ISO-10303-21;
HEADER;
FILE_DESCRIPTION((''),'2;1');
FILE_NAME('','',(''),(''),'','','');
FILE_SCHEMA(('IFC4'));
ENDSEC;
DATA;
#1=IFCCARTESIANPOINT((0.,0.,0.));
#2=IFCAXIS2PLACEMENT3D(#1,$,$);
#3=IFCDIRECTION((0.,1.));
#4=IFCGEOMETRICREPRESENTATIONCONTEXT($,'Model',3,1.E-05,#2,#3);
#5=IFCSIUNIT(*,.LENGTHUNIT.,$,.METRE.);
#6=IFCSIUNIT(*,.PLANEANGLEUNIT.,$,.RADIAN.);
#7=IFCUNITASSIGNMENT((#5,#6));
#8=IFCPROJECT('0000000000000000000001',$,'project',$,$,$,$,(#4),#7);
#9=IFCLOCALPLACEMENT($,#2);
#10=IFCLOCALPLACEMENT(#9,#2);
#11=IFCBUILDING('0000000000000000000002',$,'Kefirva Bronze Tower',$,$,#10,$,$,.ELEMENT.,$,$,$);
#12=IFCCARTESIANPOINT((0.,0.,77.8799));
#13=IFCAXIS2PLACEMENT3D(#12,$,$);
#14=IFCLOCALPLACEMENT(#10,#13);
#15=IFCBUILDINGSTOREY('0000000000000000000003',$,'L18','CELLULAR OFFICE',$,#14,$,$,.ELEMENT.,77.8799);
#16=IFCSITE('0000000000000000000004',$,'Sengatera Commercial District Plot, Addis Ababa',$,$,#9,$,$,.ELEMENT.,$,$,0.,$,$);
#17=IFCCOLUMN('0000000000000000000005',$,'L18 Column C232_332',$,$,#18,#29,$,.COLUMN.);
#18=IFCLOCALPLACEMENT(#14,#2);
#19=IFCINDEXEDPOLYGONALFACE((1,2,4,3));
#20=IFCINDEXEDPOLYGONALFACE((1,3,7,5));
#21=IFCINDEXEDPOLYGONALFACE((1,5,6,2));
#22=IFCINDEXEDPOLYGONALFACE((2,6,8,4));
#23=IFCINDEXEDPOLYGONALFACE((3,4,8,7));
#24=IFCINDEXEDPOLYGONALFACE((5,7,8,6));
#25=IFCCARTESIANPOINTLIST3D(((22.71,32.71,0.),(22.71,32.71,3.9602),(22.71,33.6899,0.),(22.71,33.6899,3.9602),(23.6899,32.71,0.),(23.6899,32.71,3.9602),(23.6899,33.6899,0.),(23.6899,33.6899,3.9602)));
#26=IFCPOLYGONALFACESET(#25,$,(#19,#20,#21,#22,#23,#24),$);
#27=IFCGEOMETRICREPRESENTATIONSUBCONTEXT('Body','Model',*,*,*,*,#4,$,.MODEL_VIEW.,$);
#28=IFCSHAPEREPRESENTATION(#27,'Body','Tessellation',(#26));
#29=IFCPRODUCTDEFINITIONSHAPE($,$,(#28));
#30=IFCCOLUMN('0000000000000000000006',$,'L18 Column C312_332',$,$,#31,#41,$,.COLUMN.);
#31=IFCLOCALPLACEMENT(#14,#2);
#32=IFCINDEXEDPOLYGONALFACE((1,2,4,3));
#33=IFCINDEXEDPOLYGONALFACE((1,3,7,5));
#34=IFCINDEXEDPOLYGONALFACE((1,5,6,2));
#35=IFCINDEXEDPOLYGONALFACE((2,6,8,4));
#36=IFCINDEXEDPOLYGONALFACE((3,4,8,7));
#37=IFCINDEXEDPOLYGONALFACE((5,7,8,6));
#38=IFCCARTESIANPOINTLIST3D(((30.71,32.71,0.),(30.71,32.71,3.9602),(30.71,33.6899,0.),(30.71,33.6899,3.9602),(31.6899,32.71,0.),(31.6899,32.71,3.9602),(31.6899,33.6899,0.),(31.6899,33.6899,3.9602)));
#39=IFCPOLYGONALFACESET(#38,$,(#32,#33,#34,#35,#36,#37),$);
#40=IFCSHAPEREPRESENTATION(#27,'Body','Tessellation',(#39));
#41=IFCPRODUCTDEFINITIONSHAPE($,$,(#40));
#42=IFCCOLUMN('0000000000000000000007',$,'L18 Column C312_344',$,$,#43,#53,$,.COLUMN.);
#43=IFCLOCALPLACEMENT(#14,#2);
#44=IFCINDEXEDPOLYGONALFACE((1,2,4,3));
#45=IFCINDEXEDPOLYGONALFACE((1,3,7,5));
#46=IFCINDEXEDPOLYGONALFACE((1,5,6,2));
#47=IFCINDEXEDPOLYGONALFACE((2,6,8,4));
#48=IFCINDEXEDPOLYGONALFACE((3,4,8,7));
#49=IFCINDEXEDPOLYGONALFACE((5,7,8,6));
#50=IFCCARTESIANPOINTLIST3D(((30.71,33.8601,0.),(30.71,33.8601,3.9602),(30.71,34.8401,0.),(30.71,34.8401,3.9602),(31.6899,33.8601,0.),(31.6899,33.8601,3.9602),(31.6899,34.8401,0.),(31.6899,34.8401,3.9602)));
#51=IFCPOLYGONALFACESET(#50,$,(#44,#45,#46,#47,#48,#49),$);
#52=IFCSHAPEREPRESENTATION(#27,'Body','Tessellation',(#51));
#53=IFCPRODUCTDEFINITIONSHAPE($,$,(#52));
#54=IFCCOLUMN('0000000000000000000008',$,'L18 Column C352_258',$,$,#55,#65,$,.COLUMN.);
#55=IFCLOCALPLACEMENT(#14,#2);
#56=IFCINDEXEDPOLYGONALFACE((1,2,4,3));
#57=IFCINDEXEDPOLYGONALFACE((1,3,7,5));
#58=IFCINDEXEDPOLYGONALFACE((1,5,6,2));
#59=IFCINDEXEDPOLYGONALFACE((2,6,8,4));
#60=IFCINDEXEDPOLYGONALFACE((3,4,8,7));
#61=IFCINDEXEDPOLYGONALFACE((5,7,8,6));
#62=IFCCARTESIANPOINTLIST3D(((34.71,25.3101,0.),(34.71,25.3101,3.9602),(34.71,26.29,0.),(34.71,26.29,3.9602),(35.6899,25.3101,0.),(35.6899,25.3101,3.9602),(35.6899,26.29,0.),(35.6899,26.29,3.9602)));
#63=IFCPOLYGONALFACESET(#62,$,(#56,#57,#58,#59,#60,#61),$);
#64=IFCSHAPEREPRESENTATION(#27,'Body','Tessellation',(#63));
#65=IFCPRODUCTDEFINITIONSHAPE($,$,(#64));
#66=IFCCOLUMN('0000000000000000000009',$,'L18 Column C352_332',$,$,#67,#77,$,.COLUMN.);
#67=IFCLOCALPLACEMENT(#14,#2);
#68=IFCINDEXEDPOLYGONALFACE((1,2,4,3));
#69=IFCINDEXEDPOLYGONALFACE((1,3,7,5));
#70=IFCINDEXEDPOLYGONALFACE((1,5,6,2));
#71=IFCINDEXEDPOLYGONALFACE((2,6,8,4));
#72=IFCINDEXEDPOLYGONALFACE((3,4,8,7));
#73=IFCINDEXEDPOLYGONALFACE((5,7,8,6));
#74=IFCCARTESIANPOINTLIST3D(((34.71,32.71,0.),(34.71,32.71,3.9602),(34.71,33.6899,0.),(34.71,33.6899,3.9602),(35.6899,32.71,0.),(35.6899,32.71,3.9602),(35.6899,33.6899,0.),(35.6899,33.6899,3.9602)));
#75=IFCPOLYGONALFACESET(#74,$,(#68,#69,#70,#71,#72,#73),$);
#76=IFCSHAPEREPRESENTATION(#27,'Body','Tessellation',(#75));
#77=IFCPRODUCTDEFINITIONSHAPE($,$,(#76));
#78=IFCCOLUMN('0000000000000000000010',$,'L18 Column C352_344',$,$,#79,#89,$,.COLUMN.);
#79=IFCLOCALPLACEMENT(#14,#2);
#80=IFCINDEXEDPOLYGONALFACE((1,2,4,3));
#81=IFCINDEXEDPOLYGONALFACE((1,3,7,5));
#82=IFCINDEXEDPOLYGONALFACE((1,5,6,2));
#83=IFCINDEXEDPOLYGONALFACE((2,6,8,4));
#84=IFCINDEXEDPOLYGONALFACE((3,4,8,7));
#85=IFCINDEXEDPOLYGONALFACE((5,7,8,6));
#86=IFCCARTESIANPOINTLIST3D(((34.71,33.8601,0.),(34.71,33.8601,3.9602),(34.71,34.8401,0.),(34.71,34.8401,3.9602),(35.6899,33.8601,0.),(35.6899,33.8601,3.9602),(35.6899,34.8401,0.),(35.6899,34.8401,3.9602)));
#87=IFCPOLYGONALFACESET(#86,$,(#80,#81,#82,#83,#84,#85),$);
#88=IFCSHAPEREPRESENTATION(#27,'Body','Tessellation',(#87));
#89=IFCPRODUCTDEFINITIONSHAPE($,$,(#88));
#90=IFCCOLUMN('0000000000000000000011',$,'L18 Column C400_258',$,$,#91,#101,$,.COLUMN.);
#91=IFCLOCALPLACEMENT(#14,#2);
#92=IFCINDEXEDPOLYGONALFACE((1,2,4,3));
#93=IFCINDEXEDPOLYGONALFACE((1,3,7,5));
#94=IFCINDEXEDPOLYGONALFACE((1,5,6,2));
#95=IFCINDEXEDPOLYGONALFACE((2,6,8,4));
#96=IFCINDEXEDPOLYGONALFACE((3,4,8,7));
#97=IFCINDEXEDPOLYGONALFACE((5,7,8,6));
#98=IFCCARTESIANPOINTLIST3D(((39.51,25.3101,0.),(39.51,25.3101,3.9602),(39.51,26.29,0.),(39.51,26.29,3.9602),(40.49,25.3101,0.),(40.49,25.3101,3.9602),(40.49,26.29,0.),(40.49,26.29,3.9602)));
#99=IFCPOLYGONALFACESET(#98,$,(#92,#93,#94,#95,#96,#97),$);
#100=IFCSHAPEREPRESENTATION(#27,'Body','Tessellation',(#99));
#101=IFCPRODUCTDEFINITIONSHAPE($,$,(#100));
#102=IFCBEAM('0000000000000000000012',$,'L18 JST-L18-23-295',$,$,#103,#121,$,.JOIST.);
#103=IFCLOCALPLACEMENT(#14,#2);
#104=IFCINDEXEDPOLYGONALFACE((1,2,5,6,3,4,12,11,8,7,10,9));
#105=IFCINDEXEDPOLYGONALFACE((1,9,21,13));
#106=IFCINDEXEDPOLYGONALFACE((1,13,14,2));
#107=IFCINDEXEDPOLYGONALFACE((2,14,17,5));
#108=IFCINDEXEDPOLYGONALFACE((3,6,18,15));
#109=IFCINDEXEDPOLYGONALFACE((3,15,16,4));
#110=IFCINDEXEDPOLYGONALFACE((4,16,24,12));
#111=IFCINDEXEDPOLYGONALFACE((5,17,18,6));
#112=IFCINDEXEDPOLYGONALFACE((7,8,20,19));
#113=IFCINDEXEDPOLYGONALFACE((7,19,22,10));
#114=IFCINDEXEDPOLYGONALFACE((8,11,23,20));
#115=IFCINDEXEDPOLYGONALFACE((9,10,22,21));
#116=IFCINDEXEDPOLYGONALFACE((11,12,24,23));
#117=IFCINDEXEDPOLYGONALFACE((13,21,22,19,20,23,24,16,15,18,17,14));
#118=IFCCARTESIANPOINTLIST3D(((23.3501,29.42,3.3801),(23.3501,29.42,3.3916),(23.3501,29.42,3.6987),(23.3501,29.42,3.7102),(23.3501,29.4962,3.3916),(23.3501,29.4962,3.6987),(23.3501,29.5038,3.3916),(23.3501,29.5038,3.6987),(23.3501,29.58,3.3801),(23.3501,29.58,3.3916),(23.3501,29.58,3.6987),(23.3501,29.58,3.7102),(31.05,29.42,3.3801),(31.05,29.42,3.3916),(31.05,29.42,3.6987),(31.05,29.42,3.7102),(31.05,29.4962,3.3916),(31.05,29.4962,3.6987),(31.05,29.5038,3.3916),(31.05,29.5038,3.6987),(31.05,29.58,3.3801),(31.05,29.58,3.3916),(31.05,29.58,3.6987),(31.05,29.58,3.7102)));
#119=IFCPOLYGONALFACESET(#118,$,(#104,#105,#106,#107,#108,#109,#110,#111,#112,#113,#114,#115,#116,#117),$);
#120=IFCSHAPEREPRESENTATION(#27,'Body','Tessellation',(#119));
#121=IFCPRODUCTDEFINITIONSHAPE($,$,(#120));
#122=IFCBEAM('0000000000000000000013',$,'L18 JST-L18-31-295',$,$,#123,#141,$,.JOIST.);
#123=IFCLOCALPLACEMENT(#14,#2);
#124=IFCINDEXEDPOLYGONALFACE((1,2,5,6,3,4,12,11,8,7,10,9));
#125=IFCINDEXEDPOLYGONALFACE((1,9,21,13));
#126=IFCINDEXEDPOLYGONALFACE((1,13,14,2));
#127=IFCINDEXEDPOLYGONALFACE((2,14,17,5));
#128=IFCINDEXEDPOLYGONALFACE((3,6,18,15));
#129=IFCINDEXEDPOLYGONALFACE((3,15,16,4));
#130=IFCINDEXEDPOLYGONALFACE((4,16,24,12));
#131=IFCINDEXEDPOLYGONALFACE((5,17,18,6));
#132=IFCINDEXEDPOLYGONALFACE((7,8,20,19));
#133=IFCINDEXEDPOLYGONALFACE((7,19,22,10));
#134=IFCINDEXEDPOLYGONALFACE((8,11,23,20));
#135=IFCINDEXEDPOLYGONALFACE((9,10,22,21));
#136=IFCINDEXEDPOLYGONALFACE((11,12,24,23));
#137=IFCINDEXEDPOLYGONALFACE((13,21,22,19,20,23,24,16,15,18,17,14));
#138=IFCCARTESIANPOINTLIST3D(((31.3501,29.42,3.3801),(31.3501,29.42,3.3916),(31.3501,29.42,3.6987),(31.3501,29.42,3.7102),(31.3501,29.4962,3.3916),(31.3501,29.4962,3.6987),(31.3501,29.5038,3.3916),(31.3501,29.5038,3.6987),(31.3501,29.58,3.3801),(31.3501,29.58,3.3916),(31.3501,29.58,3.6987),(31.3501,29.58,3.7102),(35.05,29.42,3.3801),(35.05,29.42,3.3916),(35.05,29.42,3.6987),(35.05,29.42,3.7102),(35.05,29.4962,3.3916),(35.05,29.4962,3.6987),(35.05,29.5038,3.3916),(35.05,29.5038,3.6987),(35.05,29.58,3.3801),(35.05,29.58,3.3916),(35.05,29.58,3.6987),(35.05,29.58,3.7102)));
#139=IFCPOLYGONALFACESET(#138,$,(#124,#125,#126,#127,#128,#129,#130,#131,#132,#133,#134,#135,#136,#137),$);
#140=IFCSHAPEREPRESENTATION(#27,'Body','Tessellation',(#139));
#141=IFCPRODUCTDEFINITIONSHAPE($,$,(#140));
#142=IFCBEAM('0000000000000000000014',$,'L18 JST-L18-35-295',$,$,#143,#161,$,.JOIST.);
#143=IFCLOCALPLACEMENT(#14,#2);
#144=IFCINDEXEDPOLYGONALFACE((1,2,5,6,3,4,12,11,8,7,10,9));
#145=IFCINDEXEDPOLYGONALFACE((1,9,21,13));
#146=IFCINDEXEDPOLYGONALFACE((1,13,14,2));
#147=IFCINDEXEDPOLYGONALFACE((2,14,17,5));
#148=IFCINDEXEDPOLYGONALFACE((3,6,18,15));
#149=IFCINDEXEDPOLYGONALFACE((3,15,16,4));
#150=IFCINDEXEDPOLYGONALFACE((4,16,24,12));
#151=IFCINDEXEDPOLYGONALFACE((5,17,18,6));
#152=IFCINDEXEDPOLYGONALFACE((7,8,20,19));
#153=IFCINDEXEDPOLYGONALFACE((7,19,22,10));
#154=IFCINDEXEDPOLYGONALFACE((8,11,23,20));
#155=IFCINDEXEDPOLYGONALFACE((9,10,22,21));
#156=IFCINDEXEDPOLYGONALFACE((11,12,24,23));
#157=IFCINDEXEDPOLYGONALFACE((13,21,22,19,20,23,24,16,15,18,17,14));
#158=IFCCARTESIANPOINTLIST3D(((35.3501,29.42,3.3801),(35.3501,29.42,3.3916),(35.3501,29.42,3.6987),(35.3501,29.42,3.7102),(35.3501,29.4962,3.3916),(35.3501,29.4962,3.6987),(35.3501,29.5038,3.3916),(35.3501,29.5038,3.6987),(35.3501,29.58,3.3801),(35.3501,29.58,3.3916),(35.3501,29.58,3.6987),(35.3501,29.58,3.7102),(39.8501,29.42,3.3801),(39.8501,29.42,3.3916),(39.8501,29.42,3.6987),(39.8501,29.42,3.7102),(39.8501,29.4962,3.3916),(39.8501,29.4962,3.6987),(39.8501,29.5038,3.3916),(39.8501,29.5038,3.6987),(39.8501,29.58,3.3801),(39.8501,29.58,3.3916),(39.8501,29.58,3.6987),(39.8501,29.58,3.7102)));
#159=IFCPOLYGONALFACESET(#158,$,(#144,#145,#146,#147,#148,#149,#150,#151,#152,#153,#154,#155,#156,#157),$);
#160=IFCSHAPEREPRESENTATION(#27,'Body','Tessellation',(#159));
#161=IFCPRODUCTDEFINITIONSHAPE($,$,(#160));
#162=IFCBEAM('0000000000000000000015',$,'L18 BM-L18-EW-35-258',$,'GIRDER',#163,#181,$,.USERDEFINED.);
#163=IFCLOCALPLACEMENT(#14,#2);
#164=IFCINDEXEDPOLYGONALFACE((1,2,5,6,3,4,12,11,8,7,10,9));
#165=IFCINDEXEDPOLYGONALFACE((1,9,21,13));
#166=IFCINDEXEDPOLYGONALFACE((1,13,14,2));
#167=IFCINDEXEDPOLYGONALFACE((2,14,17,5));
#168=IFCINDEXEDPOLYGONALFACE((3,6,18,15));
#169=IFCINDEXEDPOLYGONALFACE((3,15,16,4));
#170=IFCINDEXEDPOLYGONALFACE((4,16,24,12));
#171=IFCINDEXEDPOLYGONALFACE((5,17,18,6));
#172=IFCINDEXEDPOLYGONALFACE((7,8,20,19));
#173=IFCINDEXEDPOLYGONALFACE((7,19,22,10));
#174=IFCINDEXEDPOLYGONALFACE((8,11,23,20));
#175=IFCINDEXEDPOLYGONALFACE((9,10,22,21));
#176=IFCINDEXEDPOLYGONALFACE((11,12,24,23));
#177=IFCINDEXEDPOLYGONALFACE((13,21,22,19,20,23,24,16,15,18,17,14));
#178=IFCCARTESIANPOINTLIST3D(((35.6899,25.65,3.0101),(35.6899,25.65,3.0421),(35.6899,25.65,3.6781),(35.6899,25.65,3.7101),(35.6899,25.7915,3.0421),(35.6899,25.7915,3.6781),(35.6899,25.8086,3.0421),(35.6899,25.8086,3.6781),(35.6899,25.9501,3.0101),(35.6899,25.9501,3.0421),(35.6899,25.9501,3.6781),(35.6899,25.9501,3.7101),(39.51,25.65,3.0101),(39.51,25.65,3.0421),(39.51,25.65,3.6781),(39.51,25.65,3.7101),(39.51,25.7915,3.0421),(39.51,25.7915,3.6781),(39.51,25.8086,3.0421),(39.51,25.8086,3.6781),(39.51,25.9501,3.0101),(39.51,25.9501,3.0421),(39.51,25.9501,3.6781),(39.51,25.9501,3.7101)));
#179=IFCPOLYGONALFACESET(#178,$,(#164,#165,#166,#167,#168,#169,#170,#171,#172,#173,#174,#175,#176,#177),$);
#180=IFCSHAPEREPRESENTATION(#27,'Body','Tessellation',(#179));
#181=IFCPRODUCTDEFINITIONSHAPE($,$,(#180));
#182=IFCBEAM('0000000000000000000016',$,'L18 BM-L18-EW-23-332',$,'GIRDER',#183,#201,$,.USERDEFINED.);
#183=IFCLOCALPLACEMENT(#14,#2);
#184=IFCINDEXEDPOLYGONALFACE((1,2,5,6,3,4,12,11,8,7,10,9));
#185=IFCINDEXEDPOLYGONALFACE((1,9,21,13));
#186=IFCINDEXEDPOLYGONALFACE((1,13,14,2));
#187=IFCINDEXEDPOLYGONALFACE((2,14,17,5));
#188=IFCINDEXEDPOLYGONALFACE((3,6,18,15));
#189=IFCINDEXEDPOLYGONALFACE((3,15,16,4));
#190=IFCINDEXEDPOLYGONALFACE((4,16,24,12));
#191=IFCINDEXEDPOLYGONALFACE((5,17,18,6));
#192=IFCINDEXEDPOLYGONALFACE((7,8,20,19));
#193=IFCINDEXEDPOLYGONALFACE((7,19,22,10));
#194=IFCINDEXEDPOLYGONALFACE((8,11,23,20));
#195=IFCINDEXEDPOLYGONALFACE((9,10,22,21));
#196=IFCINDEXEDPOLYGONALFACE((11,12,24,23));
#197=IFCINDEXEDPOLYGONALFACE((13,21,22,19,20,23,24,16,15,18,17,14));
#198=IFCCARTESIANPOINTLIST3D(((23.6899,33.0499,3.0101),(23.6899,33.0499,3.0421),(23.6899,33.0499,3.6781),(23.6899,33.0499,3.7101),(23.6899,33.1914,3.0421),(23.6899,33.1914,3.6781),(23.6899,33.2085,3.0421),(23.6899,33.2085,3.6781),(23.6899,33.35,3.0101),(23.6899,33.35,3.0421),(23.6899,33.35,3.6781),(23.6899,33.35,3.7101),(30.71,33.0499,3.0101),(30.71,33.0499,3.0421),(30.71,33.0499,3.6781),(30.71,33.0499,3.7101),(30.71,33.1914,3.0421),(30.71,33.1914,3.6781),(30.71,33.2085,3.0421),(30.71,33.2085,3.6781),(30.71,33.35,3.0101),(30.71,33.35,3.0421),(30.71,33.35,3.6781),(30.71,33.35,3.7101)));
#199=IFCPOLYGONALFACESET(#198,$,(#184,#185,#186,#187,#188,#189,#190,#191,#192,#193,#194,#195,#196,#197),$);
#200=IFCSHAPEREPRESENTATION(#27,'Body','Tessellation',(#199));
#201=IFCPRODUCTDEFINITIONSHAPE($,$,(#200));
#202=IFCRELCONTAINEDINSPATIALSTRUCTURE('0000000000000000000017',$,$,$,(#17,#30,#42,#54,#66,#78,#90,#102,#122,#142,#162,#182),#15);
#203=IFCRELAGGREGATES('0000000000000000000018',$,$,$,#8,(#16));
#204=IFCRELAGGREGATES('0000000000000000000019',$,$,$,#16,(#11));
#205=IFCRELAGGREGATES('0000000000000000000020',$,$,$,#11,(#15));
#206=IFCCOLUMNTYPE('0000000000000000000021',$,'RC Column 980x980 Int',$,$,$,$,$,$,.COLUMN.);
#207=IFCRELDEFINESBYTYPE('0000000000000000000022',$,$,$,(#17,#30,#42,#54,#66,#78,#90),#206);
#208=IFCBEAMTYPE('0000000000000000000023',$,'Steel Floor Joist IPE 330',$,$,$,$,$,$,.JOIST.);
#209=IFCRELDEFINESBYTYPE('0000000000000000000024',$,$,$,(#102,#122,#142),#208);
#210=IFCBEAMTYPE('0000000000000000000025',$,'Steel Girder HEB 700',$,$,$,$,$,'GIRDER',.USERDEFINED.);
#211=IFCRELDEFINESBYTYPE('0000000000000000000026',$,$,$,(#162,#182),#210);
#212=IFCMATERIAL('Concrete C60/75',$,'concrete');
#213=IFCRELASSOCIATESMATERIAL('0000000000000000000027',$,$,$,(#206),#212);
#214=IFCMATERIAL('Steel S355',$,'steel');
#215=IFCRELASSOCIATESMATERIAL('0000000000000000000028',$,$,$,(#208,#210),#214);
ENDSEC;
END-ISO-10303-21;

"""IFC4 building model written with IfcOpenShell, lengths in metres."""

from ifc_helpers import new_model, si_unit, direction, frame, origin, origin_2d, place, context, subcontext, project, spatial, rectangle, i_section, extrude, material, material_profile, profile_set, type_object, element, save


model = new_model("IFC4")

# Units and contexts
model_context = context("Model", 3, precision=1e-05, world=origin(), true_north=direction((0.0, 1.0)))
body_context = subcontext(model_context, "Body", "Model", "MODEL_VIEW")
ifc_project = project(units=[si_unit("LENGTHUNIT", "METRE"), si_unit("PLANEANGLEUNIT", "RADIAN")], contexts=[model_context])

# Site, building, storey
site_placement = place(None, origin())
site = spatial("IfcSite", under=ifc_project, at=site_placement, Name="Sengatera Commercial District Plot, Addis Ababa", CompositionType="ELEMENT", RefElevation=0.0)
building_placement = place(site_placement, origin())
building = spatial("IfcBuilding", under=site, at=building_placement, Name="Kefirva Bronze Tower", CompositionType="ELEMENT")
storey_placement = place(building_placement, frame((0.0, 0.0, 77.8799)))
storey = spatial("IfcBuildingStorey", under=building, at=storey_placement, Name="L18", Description="CELLULAR OFFICE", CompositionType="ELEMENT", Elevation=77.8799)

# Columns
ifc_material_1 = material(Name="Concrete C60/75", Category="concrete")
ifc_material_profile_1 = material_profile(ifc_material_1, rectangle(XDim=0.98, YDim=0.98, at=origin_2d()), Name="RC 980x980")
ifc_profile_set_1 = profile_set([ifc_material_profile_1], Name="Concrete C60/75")
column_type = type_object("IfcColumnType", Name="RC Column 980x980 Int", PredefinedType="COLUMN", material=ifc_profile_set_1)
for number, where, z_axis, x_axis, name in (
    (1, (23.2, 33.2, 0.0), (0.0, 0.0, 1.0), (1.0, 0.0, 0.0), "L18 Column C232_332"),
    (2, (31.2, 33.2, 0.0), (0.0, 0.0, 1.0), (1.0, 0.0, 0.0), "L18 Column C312_332"),
    (3, (31.2, 34.3501, 0.0), (0.0, 0.0, 1.0), (1.0, 0.0, 0.0), "L18 Column C312_344"),
    (4, (35.2, 25.8, 0.0), (0.0, 0.0, 1.0), (1.0, 0.0, 0.0), "L18 Column C352_258"),
    (5, (35.2, 33.2, 0.0), (0.0, 0.0, 1.0), (1.0, 0.0, 0.0), "L18 Column C352_332"),
    (6, (35.2, 34.3501, 0.0), (0.0, 0.0, 1.0), (1.0, 0.0, 0.0), "L18 Column C352_344"),
    (7, (40.0, 25.8, 0.0), (0.0, 0.0, 1.0), (1.0, 0.0, 0.0), "L18 Column C400_258"),
):
    element("IfcColumn", number, at=place(storey_placement, frame(where, z_axis=z_axis, x_axis=x_axis)), inside=storey, type_object=column_type, Name=name, PredefinedType="COLUMN", context=body_context, shape_type="SweptSolid", body=[
        extrude(rectangle(XDim=0.98, YDim=0.98, at=origin_2d()), origin(), (0.0, 0.0, 1.0), 3.9602),
    ])

# Beams
ifc_material_2 = material(Name="Steel S355", Category="steel")
ifc_material_profile_2 = material_profile(ifc_material_2, i_section(OverallWidth=0.1599, OverallDepth=0.3301, WebThickness=0.0076, FlangeThickness=0.0115, at=origin_2d()), Name="IPE 330")
ifc_profile_set_2 = profile_set([ifc_material_profile_2], Name="Steel S355")
beam_type_1 = type_object("IfcBeamType", Name="Steel Floor Joist IPE 330", PredefinedType="JOIST", material=ifc_profile_set_2)
beam_1_placement = place(storey_placement, frame((23.3501, 29.5, 3.5452), z_axis=(1.0, 0.0, 0.0), x_axis=(0.0, 1.0, 0.0)))
element("IfcBeam", 8, at=beam_1_placement, inside=storey, type_object=beam_type_1, Name="L18 JST-L18-23-295", PredefinedType="JOIST", context=body_context, shape_type="SweptSolid", body=[
    extrude(i_section(OverallWidth=0.1599, OverallDepth=0.3301, WebThickness=0.0076, FlangeThickness=0.0115, at=origin_2d()), origin(), (0.0, 0.0, 1.0), 7.7),
])
beam_2_placement = place(storey_placement, frame((31.3501, 29.5, 3.5452), z_axis=(1.0, 0.0, 0.0), x_axis=(0.0, 1.0, 0.0)))
element("IfcBeam", 9, at=beam_2_placement, inside=storey, type_object=beam_type_1, Name="L18 JST-L18-31-295", PredefinedType="JOIST", context=body_context, shape_type="SweptSolid", body=[
    extrude(i_section(OverallWidth=0.1599, OverallDepth=0.3301, WebThickness=0.0076, FlangeThickness=0.0115, at=origin_2d()), origin(), (0.0, 0.0, 1.0), 3.7),
])
beam_3_placement = place(storey_placement, frame((35.3501, 29.5, 3.5452), z_axis=(1.0, 0.0, 0.0), x_axis=(0.0, 1.0, 0.0)))
element("IfcBeam", 10, at=beam_3_placement, inside=storey, type_object=beam_type_1, Name="L18 JST-L18-35-295", PredefinedType="JOIST", context=body_context, shape_type="SweptSolid", body=[
    extrude(i_section(OverallWidth=0.1599, OverallDepth=0.3301, WebThickness=0.0076, FlangeThickness=0.0115, at=origin_2d()), origin(), (0.0, 0.0, 1.0), 4.5),
])
ifc_material_profile_3 = material_profile(ifc_material_2, i_section(OverallWidth=0.3, OverallDepth=0.7, WebThickness=0.0171, FlangeThickness=0.032, at=origin_2d()), Name="HEB 700")
ifc_profile_set_3 = profile_set([ifc_material_profile_3], Name="Steel S355")
beam_type_2 = type_object("IfcBeamType", Name="Steel Girder HEB 700", ElementType="GIRDER", PredefinedType="USERDEFINED", material=ifc_profile_set_3)
beam_4_placement = place(storey_placement, frame((35.6899, 25.8, 3.3601), z_axis=(1.0, 0.0, 0.0), x_axis=(0.0, 1.0, 0.0)))
element("IfcBeam", 11, at=beam_4_placement, inside=storey, type_object=beam_type_2, Name="L18 BM-L18-EW-35-258", ObjectType="GIRDER", PredefinedType="USERDEFINED", context=body_context, shape_type="SweptSolid", body=[
    extrude(i_section(OverallWidth=0.3, OverallDepth=0.7, WebThickness=0.0171, FlangeThickness=0.032, at=origin_2d()), origin(), (0.0, 0.0, 1.0), 3.8201),
])
beam_5_placement = place(storey_placement, frame((23.6899, 33.2, 3.3601), z_axis=(1.0, 0.0, 0.0), x_axis=(0.0, 1.0, 0.0)))
element("IfcBeam", 12, at=beam_5_placement, inside=storey, type_object=beam_type_2, Name="L18 BM-L18-EW-23-332", ObjectType="GIRDER", PredefinedType="USERDEFINED", context=body_context, shape_type="SweptSolid", body=[
    extrude(i_section(OverallWidth=0.3, OverallDepth=0.7, WebThickness=0.0171, FlangeThickness=0.032, at=origin_2d()), origin(), (0.0, 0.0, 1.0), 7.02),
])

save(model, "model.ifc")
